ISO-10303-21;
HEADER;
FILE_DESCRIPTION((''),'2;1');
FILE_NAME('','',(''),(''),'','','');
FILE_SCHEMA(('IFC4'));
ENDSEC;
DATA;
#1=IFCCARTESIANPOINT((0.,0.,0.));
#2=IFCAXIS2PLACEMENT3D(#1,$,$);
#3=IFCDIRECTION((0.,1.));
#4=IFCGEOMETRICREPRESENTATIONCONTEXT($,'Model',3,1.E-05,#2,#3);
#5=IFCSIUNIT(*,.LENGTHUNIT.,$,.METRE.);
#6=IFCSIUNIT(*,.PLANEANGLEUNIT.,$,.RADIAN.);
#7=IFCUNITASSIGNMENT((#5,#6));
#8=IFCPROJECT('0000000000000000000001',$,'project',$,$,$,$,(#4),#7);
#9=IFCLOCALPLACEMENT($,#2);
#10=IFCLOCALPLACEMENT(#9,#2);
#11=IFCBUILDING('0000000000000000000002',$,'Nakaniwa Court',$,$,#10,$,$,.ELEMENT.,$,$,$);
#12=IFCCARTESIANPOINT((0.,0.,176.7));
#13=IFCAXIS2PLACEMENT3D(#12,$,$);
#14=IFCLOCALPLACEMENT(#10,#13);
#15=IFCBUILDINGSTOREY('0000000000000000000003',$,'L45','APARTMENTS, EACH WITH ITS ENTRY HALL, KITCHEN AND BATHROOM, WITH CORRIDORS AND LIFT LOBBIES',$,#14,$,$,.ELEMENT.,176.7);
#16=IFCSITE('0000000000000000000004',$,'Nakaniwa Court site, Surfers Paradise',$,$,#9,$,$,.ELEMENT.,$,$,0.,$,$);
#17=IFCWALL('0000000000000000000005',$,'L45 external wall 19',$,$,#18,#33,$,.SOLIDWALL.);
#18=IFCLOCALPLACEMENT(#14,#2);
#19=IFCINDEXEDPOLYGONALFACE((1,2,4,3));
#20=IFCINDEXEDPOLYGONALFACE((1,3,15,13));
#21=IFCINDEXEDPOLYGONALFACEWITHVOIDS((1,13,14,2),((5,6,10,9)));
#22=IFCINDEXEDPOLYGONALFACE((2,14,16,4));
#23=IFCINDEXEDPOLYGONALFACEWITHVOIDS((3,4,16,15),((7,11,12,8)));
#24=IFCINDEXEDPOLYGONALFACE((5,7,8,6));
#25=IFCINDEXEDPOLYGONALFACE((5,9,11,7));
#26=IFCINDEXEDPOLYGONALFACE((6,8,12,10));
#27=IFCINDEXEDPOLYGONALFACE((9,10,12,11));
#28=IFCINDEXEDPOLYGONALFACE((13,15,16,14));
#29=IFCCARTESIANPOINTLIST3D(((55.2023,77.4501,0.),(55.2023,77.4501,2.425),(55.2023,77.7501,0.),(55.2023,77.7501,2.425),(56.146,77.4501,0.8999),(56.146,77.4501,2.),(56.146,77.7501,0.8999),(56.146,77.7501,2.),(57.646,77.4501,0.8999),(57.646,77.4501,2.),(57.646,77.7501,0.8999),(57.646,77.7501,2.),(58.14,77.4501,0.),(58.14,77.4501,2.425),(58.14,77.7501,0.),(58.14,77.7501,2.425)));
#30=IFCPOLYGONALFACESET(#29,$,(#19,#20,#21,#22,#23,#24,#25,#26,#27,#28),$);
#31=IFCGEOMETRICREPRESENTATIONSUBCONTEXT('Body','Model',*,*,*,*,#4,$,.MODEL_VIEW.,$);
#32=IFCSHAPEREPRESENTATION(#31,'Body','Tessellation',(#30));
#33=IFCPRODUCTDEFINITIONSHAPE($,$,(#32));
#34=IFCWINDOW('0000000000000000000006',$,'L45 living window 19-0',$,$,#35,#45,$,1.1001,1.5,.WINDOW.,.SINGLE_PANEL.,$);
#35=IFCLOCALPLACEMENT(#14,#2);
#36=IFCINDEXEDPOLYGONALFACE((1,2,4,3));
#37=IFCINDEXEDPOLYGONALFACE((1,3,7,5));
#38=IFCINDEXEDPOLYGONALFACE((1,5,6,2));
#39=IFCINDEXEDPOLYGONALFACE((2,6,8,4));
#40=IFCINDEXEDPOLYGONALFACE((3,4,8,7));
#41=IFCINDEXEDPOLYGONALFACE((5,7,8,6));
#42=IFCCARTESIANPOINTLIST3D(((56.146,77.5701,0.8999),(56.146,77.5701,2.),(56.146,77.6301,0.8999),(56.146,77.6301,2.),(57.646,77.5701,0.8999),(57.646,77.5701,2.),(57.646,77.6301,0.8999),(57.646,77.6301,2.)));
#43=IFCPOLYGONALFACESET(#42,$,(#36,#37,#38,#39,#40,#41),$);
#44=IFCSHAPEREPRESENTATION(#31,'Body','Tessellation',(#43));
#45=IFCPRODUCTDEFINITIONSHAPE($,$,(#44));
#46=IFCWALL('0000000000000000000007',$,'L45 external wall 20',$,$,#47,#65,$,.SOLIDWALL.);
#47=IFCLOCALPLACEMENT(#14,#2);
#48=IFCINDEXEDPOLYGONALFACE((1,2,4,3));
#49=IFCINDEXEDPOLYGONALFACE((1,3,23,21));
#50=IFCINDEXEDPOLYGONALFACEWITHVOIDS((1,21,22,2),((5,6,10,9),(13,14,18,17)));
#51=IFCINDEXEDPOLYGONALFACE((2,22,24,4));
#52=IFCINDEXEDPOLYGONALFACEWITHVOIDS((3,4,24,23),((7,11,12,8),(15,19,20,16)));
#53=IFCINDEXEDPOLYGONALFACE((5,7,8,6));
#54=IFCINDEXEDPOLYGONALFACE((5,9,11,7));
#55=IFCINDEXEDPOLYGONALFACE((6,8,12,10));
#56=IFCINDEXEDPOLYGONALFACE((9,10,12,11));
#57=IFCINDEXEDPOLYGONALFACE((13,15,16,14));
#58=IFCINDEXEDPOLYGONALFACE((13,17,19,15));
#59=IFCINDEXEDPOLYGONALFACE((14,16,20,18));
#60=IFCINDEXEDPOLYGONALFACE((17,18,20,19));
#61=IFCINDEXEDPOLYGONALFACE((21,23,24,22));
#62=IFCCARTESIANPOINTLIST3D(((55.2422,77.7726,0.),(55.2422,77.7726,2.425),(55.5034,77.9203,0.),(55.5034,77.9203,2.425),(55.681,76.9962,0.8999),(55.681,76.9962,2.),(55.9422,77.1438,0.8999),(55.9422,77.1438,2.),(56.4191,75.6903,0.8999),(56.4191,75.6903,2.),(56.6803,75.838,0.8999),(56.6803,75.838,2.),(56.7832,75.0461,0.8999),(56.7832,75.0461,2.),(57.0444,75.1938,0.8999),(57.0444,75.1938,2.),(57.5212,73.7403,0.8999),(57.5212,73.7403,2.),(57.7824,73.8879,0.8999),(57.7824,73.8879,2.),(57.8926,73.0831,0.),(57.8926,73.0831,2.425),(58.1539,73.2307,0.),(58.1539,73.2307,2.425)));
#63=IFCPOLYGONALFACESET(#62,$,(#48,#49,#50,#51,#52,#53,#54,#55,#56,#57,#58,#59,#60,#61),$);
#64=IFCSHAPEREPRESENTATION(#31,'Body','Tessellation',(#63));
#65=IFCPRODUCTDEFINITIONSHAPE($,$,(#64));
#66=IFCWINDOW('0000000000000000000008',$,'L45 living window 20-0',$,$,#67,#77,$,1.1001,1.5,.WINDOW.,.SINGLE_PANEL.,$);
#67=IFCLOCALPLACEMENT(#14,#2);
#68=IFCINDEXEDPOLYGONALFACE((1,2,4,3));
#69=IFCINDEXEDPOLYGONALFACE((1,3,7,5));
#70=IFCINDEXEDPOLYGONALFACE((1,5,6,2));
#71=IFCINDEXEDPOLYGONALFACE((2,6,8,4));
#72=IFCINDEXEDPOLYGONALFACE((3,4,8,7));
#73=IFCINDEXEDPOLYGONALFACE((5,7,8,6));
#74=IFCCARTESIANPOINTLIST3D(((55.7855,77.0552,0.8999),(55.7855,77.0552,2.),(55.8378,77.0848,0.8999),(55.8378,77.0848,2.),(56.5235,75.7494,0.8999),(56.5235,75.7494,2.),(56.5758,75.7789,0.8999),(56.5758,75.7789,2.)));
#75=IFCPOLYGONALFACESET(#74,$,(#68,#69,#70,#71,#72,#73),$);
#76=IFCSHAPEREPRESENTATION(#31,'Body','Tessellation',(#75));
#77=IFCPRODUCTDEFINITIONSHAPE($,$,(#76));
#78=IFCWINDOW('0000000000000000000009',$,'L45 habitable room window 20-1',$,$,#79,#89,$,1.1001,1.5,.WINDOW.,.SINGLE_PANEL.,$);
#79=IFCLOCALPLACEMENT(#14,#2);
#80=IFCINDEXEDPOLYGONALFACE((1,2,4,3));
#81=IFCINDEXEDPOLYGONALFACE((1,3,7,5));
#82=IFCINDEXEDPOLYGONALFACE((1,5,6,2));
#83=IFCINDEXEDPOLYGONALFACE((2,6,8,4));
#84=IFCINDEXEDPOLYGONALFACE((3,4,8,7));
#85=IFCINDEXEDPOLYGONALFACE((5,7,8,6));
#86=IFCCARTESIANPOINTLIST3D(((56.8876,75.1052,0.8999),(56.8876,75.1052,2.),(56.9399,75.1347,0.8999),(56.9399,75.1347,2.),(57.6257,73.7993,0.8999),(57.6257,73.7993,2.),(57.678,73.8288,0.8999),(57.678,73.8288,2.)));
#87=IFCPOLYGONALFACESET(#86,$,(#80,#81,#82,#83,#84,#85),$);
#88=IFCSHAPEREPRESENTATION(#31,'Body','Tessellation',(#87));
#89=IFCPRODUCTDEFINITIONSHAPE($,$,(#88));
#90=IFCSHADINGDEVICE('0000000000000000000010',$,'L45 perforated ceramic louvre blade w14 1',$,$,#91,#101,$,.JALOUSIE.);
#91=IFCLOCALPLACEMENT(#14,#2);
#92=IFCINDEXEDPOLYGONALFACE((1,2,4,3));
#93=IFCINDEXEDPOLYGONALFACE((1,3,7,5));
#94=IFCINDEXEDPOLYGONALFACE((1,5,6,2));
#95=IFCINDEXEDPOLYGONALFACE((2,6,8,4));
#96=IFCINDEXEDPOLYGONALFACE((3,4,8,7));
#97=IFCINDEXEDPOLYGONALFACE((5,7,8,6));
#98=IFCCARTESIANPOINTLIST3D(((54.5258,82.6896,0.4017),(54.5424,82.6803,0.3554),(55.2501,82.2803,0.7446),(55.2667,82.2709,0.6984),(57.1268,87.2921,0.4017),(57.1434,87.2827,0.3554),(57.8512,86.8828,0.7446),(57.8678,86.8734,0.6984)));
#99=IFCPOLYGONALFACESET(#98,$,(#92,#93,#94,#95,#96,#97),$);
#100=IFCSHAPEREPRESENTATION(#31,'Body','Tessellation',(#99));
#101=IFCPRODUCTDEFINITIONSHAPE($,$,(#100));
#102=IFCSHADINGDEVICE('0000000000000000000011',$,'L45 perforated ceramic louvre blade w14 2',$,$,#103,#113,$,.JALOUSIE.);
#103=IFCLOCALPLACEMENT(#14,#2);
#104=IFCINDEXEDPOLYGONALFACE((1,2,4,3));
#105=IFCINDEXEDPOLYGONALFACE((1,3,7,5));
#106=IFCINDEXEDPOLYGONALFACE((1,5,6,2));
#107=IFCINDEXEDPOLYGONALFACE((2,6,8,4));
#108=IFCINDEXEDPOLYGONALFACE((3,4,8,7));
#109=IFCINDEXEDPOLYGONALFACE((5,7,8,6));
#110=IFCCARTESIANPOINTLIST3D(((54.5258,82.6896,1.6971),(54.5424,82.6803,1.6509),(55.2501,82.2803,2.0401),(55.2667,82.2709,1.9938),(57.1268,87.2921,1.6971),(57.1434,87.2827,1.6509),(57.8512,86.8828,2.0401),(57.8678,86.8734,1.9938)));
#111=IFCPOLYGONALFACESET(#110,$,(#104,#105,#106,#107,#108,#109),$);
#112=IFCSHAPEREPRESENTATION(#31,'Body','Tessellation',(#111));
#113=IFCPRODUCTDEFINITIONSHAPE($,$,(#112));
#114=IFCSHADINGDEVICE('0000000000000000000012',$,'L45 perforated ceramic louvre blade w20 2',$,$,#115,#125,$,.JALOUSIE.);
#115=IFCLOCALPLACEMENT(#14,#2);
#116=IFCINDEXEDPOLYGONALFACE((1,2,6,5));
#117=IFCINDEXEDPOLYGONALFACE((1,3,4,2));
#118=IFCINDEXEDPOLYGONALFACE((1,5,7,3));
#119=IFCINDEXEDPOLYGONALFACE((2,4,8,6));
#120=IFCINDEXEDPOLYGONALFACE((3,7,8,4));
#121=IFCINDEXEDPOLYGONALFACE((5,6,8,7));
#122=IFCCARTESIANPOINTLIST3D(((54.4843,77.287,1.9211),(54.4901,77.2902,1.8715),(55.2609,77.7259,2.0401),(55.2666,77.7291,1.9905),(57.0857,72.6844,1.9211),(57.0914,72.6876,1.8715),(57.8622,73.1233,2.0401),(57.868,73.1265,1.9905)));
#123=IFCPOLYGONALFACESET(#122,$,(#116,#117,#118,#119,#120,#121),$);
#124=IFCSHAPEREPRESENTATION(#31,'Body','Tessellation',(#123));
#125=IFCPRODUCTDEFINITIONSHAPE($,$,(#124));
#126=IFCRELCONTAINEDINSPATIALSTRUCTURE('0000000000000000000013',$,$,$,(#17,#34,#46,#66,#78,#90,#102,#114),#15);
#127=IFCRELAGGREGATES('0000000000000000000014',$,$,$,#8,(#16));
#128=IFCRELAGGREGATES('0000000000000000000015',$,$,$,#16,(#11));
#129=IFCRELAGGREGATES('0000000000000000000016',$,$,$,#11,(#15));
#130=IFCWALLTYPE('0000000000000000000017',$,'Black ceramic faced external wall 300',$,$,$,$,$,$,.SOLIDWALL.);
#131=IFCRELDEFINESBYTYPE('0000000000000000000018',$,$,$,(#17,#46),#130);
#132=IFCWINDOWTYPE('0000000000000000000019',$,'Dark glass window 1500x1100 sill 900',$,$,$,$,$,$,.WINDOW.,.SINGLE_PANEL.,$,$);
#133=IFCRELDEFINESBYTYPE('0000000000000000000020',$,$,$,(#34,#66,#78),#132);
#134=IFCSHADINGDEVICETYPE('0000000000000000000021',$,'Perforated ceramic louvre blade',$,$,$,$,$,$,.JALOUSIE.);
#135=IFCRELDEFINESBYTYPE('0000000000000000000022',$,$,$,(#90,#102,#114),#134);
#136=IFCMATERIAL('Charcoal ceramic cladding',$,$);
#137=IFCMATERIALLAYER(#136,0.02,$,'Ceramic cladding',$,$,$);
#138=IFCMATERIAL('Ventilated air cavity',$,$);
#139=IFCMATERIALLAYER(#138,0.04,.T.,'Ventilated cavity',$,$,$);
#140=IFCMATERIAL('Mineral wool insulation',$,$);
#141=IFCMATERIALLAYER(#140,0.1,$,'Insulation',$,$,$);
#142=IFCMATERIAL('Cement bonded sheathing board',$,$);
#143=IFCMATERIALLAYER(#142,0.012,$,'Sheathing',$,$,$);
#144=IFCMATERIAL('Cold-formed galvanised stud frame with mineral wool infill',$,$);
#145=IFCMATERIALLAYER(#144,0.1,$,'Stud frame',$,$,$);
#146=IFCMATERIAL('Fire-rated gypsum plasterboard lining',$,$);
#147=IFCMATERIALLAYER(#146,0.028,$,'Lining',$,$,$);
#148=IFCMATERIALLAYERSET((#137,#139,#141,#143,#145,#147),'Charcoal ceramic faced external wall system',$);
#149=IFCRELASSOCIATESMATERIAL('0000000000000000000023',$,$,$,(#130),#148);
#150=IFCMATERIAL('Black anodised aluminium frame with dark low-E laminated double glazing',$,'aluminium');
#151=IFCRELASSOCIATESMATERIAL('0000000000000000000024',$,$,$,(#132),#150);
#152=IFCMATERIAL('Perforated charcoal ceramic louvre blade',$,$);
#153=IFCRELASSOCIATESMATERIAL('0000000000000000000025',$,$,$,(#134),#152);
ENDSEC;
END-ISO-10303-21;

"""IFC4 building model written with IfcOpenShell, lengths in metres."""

from ifc_helpers import new_model, si_unit, direction, frame, frame_2d, origin, origin_2d, place, context, subcontext, project, spatial, rectangle, extrude, material, layer, layer_set, material_profile, profile_set, type_object, element, fill, save


model = new_model("IFC4")

# Units and contexts
model_context = context("Model", 3, precision=1e-05, world=origin(), true_north=direction((0.0, 1.0)))
body_context = subcontext(model_context, "Body", "Model", "MODEL_VIEW")
ifc_project = project(units=[si_unit("LENGTHUNIT", "METRE"), si_unit("PLANEANGLEUNIT", "RADIAN")], contexts=[model_context])

# Site, building, storey
site_placement = place(None, origin())
site = spatial("IfcSite", under=ifc_project, at=site_placement, Name="Nakaniwa Court site, Surfers Paradise", CompositionType="ELEMENT", RefElevation=0.0)
building_placement = place(site_placement, origin())
building = spatial("IfcBuilding", under=site, at=building_placement, Name="Nakaniwa Court", CompositionType="ELEMENT")
storey_placement = place(building_placement, frame((0.0, 0.0, 176.7)))
storey = spatial("IfcBuildingStorey", under=building, at=storey_placement, Name="L45", Description="APARTMENTS, EACH WITH ITS ENTRY HALL, KITCHEN AND BATHROOM, WITH CORRIDORS AND LIFT LOBBIES", CompositionType="ELEMENT", Elevation=176.7)

# Wall, opening, window
ifc_material_1 = material(Name="Charcoal ceramic cladding")
ifc_layer_1 = layer(ifc_material_1, 0.02, Name="Ceramic cladding")
ifc_material_2 = material(Name="Ventilated air cavity")
ifc_layer_2 = layer(ifc_material_2, 0.04, ventilated=True, Name="Ventilated cavity")
ifc_material_3 = material(Name="Mineral wool insulation")
ifc_layer_3 = layer(ifc_material_3, 0.1, Name="Insulation")
ifc_material_4 = material(Name="Cement bonded sheathing board")
ifc_layer_4 = layer(ifc_material_4, 0.012, Name="Sheathing")
ifc_material_5 = material(Name="Cold-formed galvanised stud frame with mineral wool infill")
ifc_layer_5 = layer(ifc_material_5, 0.1, Name="Stud frame")
ifc_material_6 = material(Name="Fire-rated gypsum plasterboard lining")
ifc_layer_6 = layer(ifc_material_6, 0.028, Name="Lining")
ifc_layer_set = layer_set([ifc_layer_1, ifc_layer_2, ifc_layer_3, ifc_layer_4, ifc_layer_5, ifc_layer_6], Name="Charcoal ceramic faced external wall system")
wall_type = type_object("IfcWallType", Name="Black ceramic faced external wall 300", PredefinedType="SOLIDWALL", material=ifc_layer_set)
ifc_material_7 = material(Name="Black anodised aluminium frame with dark low-E laminated double glazing", Category="aluminium")
window_type_1 = type_object("IfcWindowType", Name="Dark glass window 1500x1100 sill 900", PartitioningType="SINGLE_PANEL", PredefinedType="WINDOW", material=ifc_material_7)
wall_1_placement = place(storey_placement, frame((58.1399, 77.6001, 0.0), z_axis=(0.0, 0.0, 1.0), x_axis=(-1.0, 0.0, 0.0)))
wall_1 = element("IfcWall", 1, at=wall_1_placement, inside=storey, type_object=wall_type, Name="L45 external wall 19", PredefinedType="SOLIDWALL", context=body_context, shape_type="SweptSolid", body=[
    extrude(rectangle(XDim=2.9377, YDim=0.3, at=frame_2d((1.4688, 0.0))), origin(), (0.0, 0.0, 1.0), 2.425),
])
opening_1_placement = place(wall_1_placement, frame((0.4939, 0.0, 0.8999)))
opening_1 = element("IfcOpeningElement", 2, at=opening_1_placement, cuts=wall_1, PredefinedType="OPENING", context=body_context, shape_type="SweptSolid", body=[
    extrude(rectangle(XDim=1.5, YDim=1.1001, at=frame_2d((0.75, 0.55))), frame((0.0, 0.1599, 0.0), z_axis=(0.0, -1.0, 0.0), x_axis=(1.0, 0.0, 0.0)), (0.0, 0.0, 1.0), 0.3201),
])
window_1_placement = place(opening_1_placement, origin())
window_1 = element("IfcWindow", 3, at=window_1_placement, inside=storey, type_object=window_type_1, Name="L45 living window 19-0", OverallHeight=1.1001, OverallWidth=1.5, PartitioningType="SINGLE_PANEL", PredefinedType="WINDOW", context=body_context, shape_type="SweptSolid", body=[
    extrude(rectangle(XDim=1.5, YDim=1.1001, at=frame_2d((0.75, 0.55))), frame((0.0, 0.03, 0.0), z_axis=(0.0, -1.0, 0.0), x_axis=(1.0, 0.0, 0.0)), (0.0, 0.0, 1.0), 0.0601),
])
fill(opening_1, window_1)

# Wall, openings, windows
wall_2_placement = place(storey_placement, frame((55.3728, 77.8464, 0.0), z_axis=(0.0, 0.0, 1.0), x_axis=(0.492033, -0.870576, 0.0)))
wall_2 = element("IfcWall", 4, at=wall_2_placement, inside=storey, type_object=wall_type, Name="L45 external wall 20", PredefinedType="SOLIDWALL", context=body_context, shape_type="SweptSolid", body=[
    extrude(rectangle(XDim=5.3867, YDim=0.3, at=frame_2d((2.6934, 0.0))), origin(), (0.0, 0.0, 1.0), 2.425),
])
opening_2_placement = place(wall_2_placement, frame((0.8918, 0.0, 0.8999)))
opening_2 = element("IfcOpeningElement", 5, at=opening_2_placement, cuts=wall_2, PredefinedType="OPENING", context=body_context, shape_type="SweptSolid", body=[
    extrude(rectangle(XDim=1.5, YDim=1.1001, at=frame_2d((0.75, 0.55))), frame((0.0, 0.1599, 0.0), z_axis=(0.0, -1.0, 0.0), x_axis=(1.0, 0.0, 0.0)), (0.0, 0.0, 1.0), 0.3201),
])
opening_3_placement = place(wall_2_placement, frame((3.1318, 0.0, 0.8999)))
opening_3 = element("IfcOpeningElement", 6, at=opening_3_placement, cuts=wall_2, PredefinedType="OPENING", context=body_context, shape_type="SweptSolid", body=[
    extrude(rectangle(XDim=1.5, YDim=1.1001, at=frame_2d((0.75, 0.55))), frame((0.0, 0.1599, 0.0), z_axis=(0.0, -1.0, 0.0), x_axis=(1.0, 0.0, 0.0)), (0.0, 0.0, 1.0), 0.3201),
])
window_2_placement = place(opening_2_placement, origin())
window_2 = element("IfcWindow", 7, at=window_2_placement, inside=storey, type_object=window_type_1, Name="L45 living window 20-0", OverallHeight=1.1001, OverallWidth=1.5, PartitioningType="SINGLE_PANEL", PredefinedType="WINDOW", context=body_context, shape_type="SweptSolid", body=[
    extrude(rectangle(XDim=1.5, YDim=1.1001, at=frame_2d((0.75, 0.55))), frame((0.0, 0.03, 0.0), z_axis=(0.0, -1.0, 0.0), x_axis=(1.0, 0.0, 0.0)), (0.0, 0.0, 1.0), 0.0601),
])
fill(opening_2, window_2)
window_3_placement = place(opening_3_placement, origin())
window_3 = element("IfcWindow", 8, at=window_3_placement, inside=storey, type_object=window_type_1, Name="L45 habitable room window 20-1", OverallHeight=1.1001, OverallWidth=1.5, PartitioningType="SINGLE_PANEL", PredefinedType="WINDOW", context=body_context, shape_type="SweptSolid", body=[
    extrude(rectangle(XDim=1.5, YDim=1.1001, at=frame_2d((0.75, 0.55))), frame((0.0, 0.03, 0.0), z_axis=(0.0, -1.0, 0.0), x_axis=(1.0, 0.0, 0.0)), (0.0, 0.0, 1.0), 0.0601),
])
fill(opening_3, window_3)

# Shading devices
ifc_material_8 = material(Name="Perforated charcoal ceramic louvre blade")
ifc_material_profile_1 = material_profile(ifc_material_8, rectangle(XDim=0.8999, YDim=0.05, at=origin_2d()), Name="Perforated ceramic louvre blade")
ifc_profile_set_1 = profile_set([ifc_material_profile_1], Name="Perforated charcoal ceramic louvre blade")
shading_device_type = type_object("IfcShadingDeviceType", Name="Perforated ceramic louvre blade", PredefinedType="JALOUSIE", material=ifc_profile_set_1)
for number, where, z_axis, x_axis, name in (
    (9, (57.4973, 87.0828, 0.55), (-0.492006, -0.870592, 0.0), (0.804902, -0.454882, 0.38107), "L45 perforated ceramic louvre blade w14 1"),
    (10, (57.4973, 87.0828, 1.8455), (-0.492006, -0.870592, 0.0), (0.804902, -0.454882, 0.38107), "L45 perforated ceramic louvre blade w14 2"),
):
    element("IfcShadingDevice", number, at=place(storey_placement, frame(where, z_axis=z_axis, x_axis=x_axis)), inside=storey, type_object=shading_device_type, Name=name, PredefinedType="JALOUSIE", context=body_context, shape_type="SweptSolid", body=[
        extrude(rectangle(XDim=0.8999, YDim=0.05, at=origin_2d()), origin(), (0.0, 0.0, 1.0), 5.2866),
    ])
shading_device_placement = place(storey_placement, frame((54.8755, 77.5081, 1.9558), z_axis=(0.492041, -0.870572, 0.0), x_axis=(0.862925, 0.487718, 0.132256)))
element("IfcShadingDevice", 11, at=shading_device_placement, inside=storey, type_object=shading_device_type, Name="L45 perforated ceramic louvre blade w20 2", PredefinedType="JALOUSIE", context=body_context, shape_type="SweptSolid", body=[
    extrude(rectangle(XDim=0.8999, YDim=0.05, at=origin_2d()), origin(), (0.0, 0.0, 1.0), 5.2869),
])

save(model, "model.ifc")
